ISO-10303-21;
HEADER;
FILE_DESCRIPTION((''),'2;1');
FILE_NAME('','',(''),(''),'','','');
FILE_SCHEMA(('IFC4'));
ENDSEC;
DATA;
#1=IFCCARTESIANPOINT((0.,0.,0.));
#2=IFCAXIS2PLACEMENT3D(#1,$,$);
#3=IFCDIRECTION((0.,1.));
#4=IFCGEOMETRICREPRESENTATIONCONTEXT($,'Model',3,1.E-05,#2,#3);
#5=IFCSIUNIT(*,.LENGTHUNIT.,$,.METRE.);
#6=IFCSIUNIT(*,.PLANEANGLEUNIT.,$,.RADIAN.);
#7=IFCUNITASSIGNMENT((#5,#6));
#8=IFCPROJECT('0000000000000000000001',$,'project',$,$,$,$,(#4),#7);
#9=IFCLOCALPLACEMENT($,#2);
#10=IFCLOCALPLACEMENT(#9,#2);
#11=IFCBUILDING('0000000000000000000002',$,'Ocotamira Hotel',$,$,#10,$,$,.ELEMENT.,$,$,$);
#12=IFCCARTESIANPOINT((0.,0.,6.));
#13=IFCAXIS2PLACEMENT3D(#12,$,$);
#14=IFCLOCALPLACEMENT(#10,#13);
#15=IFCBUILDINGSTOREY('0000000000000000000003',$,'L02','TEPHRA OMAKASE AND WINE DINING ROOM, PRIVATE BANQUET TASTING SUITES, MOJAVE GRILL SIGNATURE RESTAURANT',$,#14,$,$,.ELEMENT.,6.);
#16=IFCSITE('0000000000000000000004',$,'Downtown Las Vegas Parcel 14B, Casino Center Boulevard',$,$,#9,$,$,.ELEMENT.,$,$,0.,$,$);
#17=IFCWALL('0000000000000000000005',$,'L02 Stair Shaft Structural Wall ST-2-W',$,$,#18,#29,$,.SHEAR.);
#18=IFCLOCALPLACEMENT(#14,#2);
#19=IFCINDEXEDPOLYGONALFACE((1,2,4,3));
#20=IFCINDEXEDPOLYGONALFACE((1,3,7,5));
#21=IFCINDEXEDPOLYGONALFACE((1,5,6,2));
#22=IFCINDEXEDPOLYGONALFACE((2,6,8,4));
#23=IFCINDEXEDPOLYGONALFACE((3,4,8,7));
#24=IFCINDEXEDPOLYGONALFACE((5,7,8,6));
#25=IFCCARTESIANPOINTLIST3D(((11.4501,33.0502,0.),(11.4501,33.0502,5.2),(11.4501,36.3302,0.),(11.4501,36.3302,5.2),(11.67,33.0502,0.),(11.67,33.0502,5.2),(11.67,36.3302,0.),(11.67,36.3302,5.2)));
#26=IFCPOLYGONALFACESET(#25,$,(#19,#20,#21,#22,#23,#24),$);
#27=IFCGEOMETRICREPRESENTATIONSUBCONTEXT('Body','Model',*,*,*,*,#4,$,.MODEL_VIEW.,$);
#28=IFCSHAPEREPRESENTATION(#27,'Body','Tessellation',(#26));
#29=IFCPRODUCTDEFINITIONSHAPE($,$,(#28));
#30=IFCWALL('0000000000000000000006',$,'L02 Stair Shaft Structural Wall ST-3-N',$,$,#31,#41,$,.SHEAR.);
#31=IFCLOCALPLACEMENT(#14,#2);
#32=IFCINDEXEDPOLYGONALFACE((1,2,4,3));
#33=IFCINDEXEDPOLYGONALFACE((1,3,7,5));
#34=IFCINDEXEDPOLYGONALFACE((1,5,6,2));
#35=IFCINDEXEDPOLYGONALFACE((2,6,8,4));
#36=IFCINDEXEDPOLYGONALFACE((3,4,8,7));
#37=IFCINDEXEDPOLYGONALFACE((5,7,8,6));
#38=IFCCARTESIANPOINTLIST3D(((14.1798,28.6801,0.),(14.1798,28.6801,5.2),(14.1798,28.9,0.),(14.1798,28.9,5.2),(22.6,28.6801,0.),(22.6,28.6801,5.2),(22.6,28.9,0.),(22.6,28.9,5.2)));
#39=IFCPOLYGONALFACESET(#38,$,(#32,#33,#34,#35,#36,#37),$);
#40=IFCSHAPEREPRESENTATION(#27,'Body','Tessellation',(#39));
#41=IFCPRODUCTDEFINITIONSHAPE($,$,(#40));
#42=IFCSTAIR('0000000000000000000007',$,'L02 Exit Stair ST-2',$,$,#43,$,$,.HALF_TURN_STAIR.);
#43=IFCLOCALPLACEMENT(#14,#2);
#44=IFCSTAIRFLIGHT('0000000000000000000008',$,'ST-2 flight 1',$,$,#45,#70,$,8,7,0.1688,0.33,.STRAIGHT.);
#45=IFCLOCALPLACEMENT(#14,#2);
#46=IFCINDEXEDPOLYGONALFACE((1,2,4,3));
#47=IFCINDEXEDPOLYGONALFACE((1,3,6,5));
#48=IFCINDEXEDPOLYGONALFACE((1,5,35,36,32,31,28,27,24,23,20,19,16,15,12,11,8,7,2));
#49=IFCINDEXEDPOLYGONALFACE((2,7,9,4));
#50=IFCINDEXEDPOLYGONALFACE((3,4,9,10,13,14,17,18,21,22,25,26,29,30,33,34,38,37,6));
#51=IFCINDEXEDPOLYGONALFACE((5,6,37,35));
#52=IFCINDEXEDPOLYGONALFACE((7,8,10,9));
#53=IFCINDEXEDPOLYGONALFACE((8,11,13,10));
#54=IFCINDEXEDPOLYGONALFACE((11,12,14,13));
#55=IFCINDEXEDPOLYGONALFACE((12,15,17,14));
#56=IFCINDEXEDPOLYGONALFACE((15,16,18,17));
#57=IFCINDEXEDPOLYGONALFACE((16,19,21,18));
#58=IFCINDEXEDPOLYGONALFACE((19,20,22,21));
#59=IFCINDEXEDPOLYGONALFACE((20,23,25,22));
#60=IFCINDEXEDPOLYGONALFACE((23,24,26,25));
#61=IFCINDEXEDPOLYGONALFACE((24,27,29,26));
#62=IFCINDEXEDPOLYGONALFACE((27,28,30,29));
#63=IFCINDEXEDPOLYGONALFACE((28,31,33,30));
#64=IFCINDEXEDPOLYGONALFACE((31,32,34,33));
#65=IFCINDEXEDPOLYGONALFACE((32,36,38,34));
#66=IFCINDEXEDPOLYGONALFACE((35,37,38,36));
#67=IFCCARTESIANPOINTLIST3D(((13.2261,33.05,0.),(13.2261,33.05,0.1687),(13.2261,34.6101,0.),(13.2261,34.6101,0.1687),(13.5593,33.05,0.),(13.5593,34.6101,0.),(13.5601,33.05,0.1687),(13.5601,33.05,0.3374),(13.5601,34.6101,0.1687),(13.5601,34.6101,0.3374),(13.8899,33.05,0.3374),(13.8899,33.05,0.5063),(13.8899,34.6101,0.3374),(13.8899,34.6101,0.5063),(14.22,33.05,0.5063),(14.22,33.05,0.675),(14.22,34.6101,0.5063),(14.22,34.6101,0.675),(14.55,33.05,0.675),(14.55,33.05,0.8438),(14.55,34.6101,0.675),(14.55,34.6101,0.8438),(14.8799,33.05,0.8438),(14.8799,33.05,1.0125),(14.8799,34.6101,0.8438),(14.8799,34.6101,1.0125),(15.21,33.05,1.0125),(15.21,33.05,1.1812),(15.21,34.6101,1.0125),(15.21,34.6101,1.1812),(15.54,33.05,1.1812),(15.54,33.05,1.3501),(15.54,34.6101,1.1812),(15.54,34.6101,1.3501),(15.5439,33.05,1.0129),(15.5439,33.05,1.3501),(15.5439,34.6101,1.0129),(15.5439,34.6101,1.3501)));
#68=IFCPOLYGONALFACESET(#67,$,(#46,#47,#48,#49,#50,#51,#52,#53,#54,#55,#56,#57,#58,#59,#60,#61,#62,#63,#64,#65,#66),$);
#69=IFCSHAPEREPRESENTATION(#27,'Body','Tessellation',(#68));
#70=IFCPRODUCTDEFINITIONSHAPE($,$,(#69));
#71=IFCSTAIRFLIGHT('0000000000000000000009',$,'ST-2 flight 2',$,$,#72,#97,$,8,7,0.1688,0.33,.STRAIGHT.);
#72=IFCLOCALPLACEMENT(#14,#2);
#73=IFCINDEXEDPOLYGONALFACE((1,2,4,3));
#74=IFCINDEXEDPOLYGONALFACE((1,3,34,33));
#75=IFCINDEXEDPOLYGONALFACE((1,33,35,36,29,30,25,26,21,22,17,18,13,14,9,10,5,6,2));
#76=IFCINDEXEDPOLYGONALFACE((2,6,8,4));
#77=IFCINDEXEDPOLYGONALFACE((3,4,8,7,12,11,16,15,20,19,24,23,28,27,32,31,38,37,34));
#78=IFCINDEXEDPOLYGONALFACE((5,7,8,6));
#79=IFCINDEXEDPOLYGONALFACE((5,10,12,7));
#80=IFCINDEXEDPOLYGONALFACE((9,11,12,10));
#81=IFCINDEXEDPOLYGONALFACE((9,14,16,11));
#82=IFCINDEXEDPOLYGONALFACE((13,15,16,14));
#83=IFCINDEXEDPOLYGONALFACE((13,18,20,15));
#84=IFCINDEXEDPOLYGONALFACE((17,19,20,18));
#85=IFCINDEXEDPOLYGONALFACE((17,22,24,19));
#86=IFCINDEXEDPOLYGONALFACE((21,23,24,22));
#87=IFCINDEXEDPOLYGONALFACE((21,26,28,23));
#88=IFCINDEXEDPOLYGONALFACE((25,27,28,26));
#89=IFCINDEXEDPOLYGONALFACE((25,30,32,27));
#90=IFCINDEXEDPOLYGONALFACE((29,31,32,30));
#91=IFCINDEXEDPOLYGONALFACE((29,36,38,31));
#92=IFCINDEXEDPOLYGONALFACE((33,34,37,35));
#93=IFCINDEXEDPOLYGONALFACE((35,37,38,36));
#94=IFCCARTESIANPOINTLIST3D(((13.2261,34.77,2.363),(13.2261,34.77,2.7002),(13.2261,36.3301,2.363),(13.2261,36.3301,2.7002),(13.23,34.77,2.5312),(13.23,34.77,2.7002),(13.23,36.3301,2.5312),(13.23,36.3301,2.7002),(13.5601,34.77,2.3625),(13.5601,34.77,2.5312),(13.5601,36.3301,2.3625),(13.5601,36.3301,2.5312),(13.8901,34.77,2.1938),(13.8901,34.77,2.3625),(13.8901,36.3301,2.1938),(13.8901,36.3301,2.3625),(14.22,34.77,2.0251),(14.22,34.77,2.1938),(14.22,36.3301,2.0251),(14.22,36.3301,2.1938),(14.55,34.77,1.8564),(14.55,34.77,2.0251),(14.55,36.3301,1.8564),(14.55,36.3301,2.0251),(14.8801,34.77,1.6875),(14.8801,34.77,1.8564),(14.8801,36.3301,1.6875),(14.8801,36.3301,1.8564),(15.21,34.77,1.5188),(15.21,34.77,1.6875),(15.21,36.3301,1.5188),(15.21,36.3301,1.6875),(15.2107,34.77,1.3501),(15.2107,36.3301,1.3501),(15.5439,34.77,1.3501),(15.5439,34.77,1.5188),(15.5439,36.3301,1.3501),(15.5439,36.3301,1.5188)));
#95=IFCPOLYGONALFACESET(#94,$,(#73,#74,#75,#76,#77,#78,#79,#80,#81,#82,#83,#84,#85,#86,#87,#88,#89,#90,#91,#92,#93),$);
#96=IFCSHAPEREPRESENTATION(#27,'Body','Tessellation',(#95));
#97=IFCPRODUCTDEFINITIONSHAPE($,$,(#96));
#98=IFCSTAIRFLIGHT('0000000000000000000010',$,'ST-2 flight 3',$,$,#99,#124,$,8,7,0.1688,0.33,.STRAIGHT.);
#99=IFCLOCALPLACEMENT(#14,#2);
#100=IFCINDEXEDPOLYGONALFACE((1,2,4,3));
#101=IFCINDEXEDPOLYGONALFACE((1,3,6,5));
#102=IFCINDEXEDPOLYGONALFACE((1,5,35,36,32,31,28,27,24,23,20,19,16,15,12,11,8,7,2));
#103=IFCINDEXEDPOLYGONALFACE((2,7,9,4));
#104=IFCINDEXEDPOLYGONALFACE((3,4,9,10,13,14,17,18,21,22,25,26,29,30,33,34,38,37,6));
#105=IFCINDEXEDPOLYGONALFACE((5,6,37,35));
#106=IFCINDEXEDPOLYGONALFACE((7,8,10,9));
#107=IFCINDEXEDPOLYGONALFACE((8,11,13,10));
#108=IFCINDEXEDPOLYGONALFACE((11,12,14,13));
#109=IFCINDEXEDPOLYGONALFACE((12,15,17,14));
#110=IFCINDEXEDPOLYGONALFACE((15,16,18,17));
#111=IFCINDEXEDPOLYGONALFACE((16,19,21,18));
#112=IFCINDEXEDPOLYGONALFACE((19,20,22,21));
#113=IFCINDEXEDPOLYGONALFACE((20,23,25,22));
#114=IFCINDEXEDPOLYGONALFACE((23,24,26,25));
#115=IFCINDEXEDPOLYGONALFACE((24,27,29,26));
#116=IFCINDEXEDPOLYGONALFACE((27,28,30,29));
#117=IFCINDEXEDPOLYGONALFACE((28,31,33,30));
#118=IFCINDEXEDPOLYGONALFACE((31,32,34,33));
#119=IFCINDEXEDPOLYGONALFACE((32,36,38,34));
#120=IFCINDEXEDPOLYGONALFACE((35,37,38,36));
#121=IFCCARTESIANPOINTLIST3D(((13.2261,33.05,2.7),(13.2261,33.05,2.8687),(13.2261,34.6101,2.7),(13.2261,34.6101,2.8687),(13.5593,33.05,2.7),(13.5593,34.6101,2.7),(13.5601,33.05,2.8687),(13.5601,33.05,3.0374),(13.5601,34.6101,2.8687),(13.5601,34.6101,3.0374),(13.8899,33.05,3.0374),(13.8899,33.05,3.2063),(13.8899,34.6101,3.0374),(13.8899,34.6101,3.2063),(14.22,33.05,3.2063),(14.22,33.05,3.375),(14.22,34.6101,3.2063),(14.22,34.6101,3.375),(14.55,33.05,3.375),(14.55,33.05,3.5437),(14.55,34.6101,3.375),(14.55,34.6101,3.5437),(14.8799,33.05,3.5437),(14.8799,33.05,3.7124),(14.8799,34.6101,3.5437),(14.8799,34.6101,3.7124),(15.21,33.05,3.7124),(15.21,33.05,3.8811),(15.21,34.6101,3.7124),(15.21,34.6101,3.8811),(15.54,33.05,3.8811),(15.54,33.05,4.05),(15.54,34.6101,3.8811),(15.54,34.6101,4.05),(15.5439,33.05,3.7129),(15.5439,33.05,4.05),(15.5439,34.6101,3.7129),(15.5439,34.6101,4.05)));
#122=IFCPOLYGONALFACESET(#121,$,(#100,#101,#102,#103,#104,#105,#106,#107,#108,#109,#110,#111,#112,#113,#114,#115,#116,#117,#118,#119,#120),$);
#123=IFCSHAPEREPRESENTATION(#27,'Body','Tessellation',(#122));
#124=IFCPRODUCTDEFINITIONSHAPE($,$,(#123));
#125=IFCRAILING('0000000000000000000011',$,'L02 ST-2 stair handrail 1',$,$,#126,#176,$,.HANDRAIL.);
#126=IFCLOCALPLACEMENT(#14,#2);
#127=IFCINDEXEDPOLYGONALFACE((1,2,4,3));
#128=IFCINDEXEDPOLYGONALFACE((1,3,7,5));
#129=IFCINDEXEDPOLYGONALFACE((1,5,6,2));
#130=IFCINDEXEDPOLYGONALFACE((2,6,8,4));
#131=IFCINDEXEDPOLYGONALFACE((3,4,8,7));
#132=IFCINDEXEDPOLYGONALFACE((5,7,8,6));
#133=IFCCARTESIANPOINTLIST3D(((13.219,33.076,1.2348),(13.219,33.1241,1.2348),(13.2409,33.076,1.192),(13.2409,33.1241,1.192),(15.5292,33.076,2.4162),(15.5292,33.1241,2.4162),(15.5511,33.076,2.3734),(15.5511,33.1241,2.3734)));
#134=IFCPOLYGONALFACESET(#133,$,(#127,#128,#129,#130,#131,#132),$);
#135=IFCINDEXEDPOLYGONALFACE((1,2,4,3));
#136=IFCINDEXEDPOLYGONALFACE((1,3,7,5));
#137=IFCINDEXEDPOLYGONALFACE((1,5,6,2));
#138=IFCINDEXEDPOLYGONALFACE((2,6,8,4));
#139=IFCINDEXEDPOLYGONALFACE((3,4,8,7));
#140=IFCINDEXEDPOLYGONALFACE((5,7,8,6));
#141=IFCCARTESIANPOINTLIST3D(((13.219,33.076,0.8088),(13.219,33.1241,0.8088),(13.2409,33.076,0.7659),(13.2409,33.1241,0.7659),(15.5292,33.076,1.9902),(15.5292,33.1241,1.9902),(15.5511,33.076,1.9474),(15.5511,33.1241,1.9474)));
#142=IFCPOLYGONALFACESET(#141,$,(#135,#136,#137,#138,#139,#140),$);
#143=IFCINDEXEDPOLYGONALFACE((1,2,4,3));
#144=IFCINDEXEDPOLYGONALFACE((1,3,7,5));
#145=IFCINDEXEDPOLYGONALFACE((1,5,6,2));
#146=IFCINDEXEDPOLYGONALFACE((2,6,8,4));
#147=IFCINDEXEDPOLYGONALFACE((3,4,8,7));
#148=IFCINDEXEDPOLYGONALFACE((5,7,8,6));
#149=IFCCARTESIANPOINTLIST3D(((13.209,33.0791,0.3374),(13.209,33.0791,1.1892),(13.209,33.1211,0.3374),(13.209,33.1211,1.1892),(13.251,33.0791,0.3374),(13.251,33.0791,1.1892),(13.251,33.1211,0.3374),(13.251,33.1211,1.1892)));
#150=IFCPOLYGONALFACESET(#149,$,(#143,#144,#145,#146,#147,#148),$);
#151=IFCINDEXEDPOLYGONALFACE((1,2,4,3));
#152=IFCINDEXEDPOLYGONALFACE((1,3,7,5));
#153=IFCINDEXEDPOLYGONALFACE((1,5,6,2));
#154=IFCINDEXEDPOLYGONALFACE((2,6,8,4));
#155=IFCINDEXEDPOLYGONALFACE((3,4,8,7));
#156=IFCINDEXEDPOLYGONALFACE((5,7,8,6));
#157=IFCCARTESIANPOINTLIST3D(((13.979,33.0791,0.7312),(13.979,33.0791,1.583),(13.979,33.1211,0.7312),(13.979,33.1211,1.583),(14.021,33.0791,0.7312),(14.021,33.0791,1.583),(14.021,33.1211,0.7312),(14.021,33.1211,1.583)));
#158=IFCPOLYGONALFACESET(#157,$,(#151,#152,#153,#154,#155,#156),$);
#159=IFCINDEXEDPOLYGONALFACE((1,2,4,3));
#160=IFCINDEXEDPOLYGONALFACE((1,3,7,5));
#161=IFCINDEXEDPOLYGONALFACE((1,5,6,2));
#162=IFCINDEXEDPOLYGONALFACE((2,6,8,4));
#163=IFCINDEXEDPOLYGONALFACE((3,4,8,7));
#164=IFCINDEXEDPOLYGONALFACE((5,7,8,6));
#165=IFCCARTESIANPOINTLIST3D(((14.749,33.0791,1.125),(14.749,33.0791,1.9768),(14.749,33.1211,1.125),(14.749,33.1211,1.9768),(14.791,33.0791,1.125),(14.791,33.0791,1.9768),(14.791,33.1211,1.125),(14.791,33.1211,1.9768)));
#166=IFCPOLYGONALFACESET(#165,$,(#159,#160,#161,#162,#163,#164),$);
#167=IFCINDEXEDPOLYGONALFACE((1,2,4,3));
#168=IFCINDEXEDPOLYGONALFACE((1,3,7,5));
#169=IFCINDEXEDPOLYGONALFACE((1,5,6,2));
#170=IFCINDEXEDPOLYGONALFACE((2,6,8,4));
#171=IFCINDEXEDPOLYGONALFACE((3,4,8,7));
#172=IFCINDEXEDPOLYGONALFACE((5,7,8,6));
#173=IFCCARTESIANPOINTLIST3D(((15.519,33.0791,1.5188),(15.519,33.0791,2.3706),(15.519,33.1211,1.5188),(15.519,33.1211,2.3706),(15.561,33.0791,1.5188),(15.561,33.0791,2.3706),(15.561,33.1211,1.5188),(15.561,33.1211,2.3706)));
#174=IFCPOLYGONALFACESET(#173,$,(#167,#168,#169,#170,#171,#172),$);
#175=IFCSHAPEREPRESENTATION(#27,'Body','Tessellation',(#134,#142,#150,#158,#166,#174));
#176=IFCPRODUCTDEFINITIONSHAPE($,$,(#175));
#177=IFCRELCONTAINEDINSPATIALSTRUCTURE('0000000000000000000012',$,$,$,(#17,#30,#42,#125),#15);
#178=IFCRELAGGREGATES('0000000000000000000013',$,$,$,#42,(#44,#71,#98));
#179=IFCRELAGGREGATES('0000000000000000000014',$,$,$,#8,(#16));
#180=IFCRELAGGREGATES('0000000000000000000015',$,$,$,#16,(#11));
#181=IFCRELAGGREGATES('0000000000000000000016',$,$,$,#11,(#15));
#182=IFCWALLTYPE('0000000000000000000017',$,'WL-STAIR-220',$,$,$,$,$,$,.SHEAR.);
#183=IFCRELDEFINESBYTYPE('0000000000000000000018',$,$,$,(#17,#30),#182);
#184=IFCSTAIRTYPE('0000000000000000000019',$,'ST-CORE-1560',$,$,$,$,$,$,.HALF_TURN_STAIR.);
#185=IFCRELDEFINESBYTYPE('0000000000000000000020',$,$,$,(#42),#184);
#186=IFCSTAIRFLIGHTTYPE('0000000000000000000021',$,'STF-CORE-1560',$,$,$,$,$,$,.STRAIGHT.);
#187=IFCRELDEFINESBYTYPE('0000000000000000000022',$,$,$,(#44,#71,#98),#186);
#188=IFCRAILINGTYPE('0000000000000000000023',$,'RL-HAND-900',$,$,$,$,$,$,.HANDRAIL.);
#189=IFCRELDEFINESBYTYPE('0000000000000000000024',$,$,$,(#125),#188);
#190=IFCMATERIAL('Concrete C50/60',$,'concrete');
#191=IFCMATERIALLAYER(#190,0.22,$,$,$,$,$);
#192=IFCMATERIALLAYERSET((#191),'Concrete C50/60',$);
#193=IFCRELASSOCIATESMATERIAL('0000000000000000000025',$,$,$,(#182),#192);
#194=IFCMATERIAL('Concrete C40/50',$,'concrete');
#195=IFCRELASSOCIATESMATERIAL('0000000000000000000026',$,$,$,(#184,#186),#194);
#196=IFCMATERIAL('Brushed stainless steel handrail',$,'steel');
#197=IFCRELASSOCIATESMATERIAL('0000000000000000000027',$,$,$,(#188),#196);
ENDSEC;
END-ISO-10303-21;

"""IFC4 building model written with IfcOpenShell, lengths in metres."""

from ifc_helpers import new_model, si_unit, direction, frame, frame_2d, origin, origin_2d, place, context, subcontext, project, spatial, polyline, rectangle, outline, extrude, source, transform, mapped, material, layer, layer_set, type_object, element, aggregate, save


model = new_model("IFC4")

# Units and contexts
model_context = context("Model", 3, precision=1e-05, world=origin(), true_north=direction((0.0, 1.0)))
body_context = subcontext(model_context, "Body", "Model", "MODEL_VIEW")
ifc_project = project(units=[si_unit("LENGTHUNIT", "METRE"), si_unit("PLANEANGLEUNIT", "RADIAN")], contexts=[model_context])

# Site, building, storey
site_placement = place(None, origin())
site = spatial("IfcSite", under=ifc_project, at=site_placement, Name="Downtown Las Vegas Parcel 14B, Casino Center Boulevard", CompositionType="ELEMENT", RefElevation=0.0)
building_placement = place(site_placement, origin())
building = spatial("IfcBuilding", under=site, at=building_placement, Name="Ocotamira Hotel", CompositionType="ELEMENT")
storey_placement = place(building_placement, frame((0.0, 0.0, 6.0)))
storey = spatial("IfcBuildingStorey", under=building, at=storey_placement, Name="L02", Description="TEPHRA OMAKASE AND WINE DINING ROOM, PRIVATE BANQUET TASTING SUITES, MOJAVE GRILL SIGNATURE RESTAURANT", CompositionType="ELEMENT", Elevation=6.0)

# Shared definitions
ifc_material_1 = material(Name="Concrete C50/60", Category="concrete")
ifc_layer_1 = layer(ifc_material_1, 0.22)
ifc_layer_set_1 = layer_set([ifc_layer_1], Name="Concrete C50/60")
wall_type_1 = type_object("IfcWallType", Name="WL-STAIR-220", PredefinedType="SHEAR", material=ifc_layer_set_1)

# Walls
wall_1_placement = place(storey_placement, frame((11.5601, 33.05, 0.0), z_axis=(0.0, 0.0, 1.0), x_axis=(0.0, 1.0, 0.0)))
element("IfcWall", 1, at=wall_1_placement, inside=storey, type_object=wall_type_1, Name="L02 Stair Shaft Structural Wall ST-2-W", PredefinedType="SHEAR", context=body_context, shape_type="SweptSolid", body=[
    extrude(rectangle(XDim=3.28, YDim=0.22, at=frame_2d((1.6401, 0.0))), origin(), (0.0, 0.0, 1.0), 5.2),
])
wall_2_placement = place(storey_placement, frame((14.1799, 28.79, 0.0), z_axis=(0.0, 0.0, 1.0), x_axis=(1.0, 0.0, 0.0)))
element("IfcWall", 2, at=wall_2_placement, inside=storey, type_object=wall_type_1, Name="L02 Stair Shaft Structural Wall ST-3-N", PredefinedType="SHEAR", context=body_context, shape_type="SweptSolid", body=[
    extrude(rectangle(XDim=8.4202, YDim=0.22, at=frame_2d((4.21, 0.0))), origin(), (0.0, 0.0, 1.0), 5.2),
])

# Stair, stair flights
ifc_material_2 = material(Name="Concrete C40/50", Category="concrete")
stair_type = type_object("IfcStairType", Name="ST-CORE-1560", PredefinedType="HALF_TURN_STAIR", material=ifc_material_2)
stair_placement = place(storey_placement, origin())
stair = element("IfcStair", 3, at=stair_placement, inside=storey, type_object=stair_type, Name="L02 Exit Stair ST-2", PredefinedType="HALF_TURN_STAIR")
stair_flight_type = type_object("IfcStairFlightType", Name="STF-CORE-1560", PredefinedType="STRAIGHT", material=ifc_material_2)
shared_shape_1 = source(origin(), body_context, "Body", "SweptSolid", [
    extrude(outline(polyline([(-0.0039, 0.0), (-0.0039, 0.1687), (0.3301, 0.1687), (0.3301, 0.3374), (0.6599, 0.3374), (0.6599, 0.5063), (0.99, 0.5063), (0.99, 0.675), (1.3201, 0.675), (1.3201, 0.8438), (1.6499, 0.8438), (1.6499, 1.0125), (1.98, 1.0125), (1.98, 1.1812), (2.3101, 1.1812), (2.3101, 1.3501), (2.314, 1.3501), (2.314, 1.0129), (0.3293, 0.0), (-0.0039, 0.0)])), frame((0.0, 0.78, 0.0), z_axis=(0.0, -1.0, 0.0), x_axis=(1.0, 0.0, 0.0)), (0.0, 0.0, 1.0), 1.5601),
])
stair_flight_1_placement = place(storey_placement, frame((13.23, 33.8301, 0.0), z_axis=(0.0, 0.0, 1.0), x_axis=(1.0, 0.0, 0.0)))
stair_flight_1 = element("IfcStairFlight", 4, at=stair_flight_1_placement, type_object=stair_flight_type, Name="ST-2 flight 1", NumberOfRisers=8, NumberOfTreads=7, PredefinedType="STRAIGHT", RiserHeight=0.1688, TreadLength=0.33, context=body_context, shape_type="MappedRepresentation", body=[
    mapped(shared_shape_1, transform((0.0, 0.0, 0.0), scale=1.0)),
])
stair_flight_2_placement = place(storey_placement, frame((15.54, 35.55, 1.3501), z_axis=(0.0, 0.0, 1.0), x_axis=(-1.0, 0.0, 0.0)))
stair_flight_2 = element("IfcStairFlight", 5, at=stair_flight_2_placement, type_object=stair_flight_type, Name="ST-2 flight 2", NumberOfRisers=8, NumberOfTreads=7, PredefinedType="STRAIGHT", RiserHeight=0.1688, TreadLength=0.33, context=body_context, shape_type="MappedRepresentation", body=[
    mapped(shared_shape_1, transform((0.0, 0.0, 0.0), scale=1.0)),
])
stair_flight_3_placement = place(storey_placement, frame((13.23, 33.8301, 2.7), z_axis=(0.0, 0.0, 1.0), x_axis=(1.0, 0.0, 0.0)))
stair_flight_3 = element("IfcStairFlight", 6, at=stair_flight_3_placement, type_object=stair_flight_type, Name="ST-2 flight 3", NumberOfRisers=8, NumberOfTreads=7, PredefinedType="STRAIGHT", RiserHeight=0.1688, TreadLength=0.33, context=body_context, shape_type="MappedRepresentation", body=[
    mapped(shared_shape_1, transform((0.0, 0.0, 0.0), scale=1.0)),
])
aggregate(stair, [stair_flight_1, stair_flight_2, stair_flight_3])

# Railing
ifc_material_3 = material(Name="Brushed stainless steel handrail", Category="steel")
railing_type_1 = type_object("IfcRailingType", Name="RL-HAND-900", PredefinedType="HANDRAIL", material=ifc_material_3)
railing_1_placement = place(storey_placement, frame((13.23, 33.1001, 0.3374)))
element("IfcRailing", 7, at=railing_1_placement, inside=storey, type_object=railing_type_1, Name="L02 ST-2 stair handrail 1", PredefinedType="HANDRAIL", context=body_context, shape_type="SweptSolid", body=[
    extrude(rectangle(XDim=0.0481, YDim=0.0481, at=origin_2d()), frame((0.0, 0.0, 0.876), z_axis=(0.890325, 0.0, 0.455325), x_axis=(0.0, 1.0, 0.0)), (0.0, 0.0, 1.0), 2.5947),
    extrude(rectangle(XDim=0.0481, YDim=0.0481, at=origin_2d()), frame((0.0, 0.0, 0.45), z_axis=(0.890325, 0.0, 0.455325), x_axis=(0.0, 1.0, 0.0)), (0.0, 0.0, 1.0), 2.5947),
    extrude(rectangle(XDim=0.042, YDim=0.042, at=origin_2d()), origin(), (0.0, 0.0, 1.0), 0.8518),
    extrude(rectangle(XDim=0.042, YDim=0.042, at=origin_2d()), frame((0.77, 0.0, 0.3938)), (0.0, 0.0, 1.0), 0.8518),
    extrude(rectangle(XDim=0.042, YDim=0.042, at=origin_2d()), frame((1.54, 0.0, 0.7876)), (0.0, 0.0, 1.0), 0.8518),
    extrude(rectangle(XDim=0.042, YDim=0.042, at=origin_2d()), frame((2.3101, 0.0, 1.1814)), (0.0, 0.0, 1.0), 0.8518),
])

save(model, "model.ifc")
